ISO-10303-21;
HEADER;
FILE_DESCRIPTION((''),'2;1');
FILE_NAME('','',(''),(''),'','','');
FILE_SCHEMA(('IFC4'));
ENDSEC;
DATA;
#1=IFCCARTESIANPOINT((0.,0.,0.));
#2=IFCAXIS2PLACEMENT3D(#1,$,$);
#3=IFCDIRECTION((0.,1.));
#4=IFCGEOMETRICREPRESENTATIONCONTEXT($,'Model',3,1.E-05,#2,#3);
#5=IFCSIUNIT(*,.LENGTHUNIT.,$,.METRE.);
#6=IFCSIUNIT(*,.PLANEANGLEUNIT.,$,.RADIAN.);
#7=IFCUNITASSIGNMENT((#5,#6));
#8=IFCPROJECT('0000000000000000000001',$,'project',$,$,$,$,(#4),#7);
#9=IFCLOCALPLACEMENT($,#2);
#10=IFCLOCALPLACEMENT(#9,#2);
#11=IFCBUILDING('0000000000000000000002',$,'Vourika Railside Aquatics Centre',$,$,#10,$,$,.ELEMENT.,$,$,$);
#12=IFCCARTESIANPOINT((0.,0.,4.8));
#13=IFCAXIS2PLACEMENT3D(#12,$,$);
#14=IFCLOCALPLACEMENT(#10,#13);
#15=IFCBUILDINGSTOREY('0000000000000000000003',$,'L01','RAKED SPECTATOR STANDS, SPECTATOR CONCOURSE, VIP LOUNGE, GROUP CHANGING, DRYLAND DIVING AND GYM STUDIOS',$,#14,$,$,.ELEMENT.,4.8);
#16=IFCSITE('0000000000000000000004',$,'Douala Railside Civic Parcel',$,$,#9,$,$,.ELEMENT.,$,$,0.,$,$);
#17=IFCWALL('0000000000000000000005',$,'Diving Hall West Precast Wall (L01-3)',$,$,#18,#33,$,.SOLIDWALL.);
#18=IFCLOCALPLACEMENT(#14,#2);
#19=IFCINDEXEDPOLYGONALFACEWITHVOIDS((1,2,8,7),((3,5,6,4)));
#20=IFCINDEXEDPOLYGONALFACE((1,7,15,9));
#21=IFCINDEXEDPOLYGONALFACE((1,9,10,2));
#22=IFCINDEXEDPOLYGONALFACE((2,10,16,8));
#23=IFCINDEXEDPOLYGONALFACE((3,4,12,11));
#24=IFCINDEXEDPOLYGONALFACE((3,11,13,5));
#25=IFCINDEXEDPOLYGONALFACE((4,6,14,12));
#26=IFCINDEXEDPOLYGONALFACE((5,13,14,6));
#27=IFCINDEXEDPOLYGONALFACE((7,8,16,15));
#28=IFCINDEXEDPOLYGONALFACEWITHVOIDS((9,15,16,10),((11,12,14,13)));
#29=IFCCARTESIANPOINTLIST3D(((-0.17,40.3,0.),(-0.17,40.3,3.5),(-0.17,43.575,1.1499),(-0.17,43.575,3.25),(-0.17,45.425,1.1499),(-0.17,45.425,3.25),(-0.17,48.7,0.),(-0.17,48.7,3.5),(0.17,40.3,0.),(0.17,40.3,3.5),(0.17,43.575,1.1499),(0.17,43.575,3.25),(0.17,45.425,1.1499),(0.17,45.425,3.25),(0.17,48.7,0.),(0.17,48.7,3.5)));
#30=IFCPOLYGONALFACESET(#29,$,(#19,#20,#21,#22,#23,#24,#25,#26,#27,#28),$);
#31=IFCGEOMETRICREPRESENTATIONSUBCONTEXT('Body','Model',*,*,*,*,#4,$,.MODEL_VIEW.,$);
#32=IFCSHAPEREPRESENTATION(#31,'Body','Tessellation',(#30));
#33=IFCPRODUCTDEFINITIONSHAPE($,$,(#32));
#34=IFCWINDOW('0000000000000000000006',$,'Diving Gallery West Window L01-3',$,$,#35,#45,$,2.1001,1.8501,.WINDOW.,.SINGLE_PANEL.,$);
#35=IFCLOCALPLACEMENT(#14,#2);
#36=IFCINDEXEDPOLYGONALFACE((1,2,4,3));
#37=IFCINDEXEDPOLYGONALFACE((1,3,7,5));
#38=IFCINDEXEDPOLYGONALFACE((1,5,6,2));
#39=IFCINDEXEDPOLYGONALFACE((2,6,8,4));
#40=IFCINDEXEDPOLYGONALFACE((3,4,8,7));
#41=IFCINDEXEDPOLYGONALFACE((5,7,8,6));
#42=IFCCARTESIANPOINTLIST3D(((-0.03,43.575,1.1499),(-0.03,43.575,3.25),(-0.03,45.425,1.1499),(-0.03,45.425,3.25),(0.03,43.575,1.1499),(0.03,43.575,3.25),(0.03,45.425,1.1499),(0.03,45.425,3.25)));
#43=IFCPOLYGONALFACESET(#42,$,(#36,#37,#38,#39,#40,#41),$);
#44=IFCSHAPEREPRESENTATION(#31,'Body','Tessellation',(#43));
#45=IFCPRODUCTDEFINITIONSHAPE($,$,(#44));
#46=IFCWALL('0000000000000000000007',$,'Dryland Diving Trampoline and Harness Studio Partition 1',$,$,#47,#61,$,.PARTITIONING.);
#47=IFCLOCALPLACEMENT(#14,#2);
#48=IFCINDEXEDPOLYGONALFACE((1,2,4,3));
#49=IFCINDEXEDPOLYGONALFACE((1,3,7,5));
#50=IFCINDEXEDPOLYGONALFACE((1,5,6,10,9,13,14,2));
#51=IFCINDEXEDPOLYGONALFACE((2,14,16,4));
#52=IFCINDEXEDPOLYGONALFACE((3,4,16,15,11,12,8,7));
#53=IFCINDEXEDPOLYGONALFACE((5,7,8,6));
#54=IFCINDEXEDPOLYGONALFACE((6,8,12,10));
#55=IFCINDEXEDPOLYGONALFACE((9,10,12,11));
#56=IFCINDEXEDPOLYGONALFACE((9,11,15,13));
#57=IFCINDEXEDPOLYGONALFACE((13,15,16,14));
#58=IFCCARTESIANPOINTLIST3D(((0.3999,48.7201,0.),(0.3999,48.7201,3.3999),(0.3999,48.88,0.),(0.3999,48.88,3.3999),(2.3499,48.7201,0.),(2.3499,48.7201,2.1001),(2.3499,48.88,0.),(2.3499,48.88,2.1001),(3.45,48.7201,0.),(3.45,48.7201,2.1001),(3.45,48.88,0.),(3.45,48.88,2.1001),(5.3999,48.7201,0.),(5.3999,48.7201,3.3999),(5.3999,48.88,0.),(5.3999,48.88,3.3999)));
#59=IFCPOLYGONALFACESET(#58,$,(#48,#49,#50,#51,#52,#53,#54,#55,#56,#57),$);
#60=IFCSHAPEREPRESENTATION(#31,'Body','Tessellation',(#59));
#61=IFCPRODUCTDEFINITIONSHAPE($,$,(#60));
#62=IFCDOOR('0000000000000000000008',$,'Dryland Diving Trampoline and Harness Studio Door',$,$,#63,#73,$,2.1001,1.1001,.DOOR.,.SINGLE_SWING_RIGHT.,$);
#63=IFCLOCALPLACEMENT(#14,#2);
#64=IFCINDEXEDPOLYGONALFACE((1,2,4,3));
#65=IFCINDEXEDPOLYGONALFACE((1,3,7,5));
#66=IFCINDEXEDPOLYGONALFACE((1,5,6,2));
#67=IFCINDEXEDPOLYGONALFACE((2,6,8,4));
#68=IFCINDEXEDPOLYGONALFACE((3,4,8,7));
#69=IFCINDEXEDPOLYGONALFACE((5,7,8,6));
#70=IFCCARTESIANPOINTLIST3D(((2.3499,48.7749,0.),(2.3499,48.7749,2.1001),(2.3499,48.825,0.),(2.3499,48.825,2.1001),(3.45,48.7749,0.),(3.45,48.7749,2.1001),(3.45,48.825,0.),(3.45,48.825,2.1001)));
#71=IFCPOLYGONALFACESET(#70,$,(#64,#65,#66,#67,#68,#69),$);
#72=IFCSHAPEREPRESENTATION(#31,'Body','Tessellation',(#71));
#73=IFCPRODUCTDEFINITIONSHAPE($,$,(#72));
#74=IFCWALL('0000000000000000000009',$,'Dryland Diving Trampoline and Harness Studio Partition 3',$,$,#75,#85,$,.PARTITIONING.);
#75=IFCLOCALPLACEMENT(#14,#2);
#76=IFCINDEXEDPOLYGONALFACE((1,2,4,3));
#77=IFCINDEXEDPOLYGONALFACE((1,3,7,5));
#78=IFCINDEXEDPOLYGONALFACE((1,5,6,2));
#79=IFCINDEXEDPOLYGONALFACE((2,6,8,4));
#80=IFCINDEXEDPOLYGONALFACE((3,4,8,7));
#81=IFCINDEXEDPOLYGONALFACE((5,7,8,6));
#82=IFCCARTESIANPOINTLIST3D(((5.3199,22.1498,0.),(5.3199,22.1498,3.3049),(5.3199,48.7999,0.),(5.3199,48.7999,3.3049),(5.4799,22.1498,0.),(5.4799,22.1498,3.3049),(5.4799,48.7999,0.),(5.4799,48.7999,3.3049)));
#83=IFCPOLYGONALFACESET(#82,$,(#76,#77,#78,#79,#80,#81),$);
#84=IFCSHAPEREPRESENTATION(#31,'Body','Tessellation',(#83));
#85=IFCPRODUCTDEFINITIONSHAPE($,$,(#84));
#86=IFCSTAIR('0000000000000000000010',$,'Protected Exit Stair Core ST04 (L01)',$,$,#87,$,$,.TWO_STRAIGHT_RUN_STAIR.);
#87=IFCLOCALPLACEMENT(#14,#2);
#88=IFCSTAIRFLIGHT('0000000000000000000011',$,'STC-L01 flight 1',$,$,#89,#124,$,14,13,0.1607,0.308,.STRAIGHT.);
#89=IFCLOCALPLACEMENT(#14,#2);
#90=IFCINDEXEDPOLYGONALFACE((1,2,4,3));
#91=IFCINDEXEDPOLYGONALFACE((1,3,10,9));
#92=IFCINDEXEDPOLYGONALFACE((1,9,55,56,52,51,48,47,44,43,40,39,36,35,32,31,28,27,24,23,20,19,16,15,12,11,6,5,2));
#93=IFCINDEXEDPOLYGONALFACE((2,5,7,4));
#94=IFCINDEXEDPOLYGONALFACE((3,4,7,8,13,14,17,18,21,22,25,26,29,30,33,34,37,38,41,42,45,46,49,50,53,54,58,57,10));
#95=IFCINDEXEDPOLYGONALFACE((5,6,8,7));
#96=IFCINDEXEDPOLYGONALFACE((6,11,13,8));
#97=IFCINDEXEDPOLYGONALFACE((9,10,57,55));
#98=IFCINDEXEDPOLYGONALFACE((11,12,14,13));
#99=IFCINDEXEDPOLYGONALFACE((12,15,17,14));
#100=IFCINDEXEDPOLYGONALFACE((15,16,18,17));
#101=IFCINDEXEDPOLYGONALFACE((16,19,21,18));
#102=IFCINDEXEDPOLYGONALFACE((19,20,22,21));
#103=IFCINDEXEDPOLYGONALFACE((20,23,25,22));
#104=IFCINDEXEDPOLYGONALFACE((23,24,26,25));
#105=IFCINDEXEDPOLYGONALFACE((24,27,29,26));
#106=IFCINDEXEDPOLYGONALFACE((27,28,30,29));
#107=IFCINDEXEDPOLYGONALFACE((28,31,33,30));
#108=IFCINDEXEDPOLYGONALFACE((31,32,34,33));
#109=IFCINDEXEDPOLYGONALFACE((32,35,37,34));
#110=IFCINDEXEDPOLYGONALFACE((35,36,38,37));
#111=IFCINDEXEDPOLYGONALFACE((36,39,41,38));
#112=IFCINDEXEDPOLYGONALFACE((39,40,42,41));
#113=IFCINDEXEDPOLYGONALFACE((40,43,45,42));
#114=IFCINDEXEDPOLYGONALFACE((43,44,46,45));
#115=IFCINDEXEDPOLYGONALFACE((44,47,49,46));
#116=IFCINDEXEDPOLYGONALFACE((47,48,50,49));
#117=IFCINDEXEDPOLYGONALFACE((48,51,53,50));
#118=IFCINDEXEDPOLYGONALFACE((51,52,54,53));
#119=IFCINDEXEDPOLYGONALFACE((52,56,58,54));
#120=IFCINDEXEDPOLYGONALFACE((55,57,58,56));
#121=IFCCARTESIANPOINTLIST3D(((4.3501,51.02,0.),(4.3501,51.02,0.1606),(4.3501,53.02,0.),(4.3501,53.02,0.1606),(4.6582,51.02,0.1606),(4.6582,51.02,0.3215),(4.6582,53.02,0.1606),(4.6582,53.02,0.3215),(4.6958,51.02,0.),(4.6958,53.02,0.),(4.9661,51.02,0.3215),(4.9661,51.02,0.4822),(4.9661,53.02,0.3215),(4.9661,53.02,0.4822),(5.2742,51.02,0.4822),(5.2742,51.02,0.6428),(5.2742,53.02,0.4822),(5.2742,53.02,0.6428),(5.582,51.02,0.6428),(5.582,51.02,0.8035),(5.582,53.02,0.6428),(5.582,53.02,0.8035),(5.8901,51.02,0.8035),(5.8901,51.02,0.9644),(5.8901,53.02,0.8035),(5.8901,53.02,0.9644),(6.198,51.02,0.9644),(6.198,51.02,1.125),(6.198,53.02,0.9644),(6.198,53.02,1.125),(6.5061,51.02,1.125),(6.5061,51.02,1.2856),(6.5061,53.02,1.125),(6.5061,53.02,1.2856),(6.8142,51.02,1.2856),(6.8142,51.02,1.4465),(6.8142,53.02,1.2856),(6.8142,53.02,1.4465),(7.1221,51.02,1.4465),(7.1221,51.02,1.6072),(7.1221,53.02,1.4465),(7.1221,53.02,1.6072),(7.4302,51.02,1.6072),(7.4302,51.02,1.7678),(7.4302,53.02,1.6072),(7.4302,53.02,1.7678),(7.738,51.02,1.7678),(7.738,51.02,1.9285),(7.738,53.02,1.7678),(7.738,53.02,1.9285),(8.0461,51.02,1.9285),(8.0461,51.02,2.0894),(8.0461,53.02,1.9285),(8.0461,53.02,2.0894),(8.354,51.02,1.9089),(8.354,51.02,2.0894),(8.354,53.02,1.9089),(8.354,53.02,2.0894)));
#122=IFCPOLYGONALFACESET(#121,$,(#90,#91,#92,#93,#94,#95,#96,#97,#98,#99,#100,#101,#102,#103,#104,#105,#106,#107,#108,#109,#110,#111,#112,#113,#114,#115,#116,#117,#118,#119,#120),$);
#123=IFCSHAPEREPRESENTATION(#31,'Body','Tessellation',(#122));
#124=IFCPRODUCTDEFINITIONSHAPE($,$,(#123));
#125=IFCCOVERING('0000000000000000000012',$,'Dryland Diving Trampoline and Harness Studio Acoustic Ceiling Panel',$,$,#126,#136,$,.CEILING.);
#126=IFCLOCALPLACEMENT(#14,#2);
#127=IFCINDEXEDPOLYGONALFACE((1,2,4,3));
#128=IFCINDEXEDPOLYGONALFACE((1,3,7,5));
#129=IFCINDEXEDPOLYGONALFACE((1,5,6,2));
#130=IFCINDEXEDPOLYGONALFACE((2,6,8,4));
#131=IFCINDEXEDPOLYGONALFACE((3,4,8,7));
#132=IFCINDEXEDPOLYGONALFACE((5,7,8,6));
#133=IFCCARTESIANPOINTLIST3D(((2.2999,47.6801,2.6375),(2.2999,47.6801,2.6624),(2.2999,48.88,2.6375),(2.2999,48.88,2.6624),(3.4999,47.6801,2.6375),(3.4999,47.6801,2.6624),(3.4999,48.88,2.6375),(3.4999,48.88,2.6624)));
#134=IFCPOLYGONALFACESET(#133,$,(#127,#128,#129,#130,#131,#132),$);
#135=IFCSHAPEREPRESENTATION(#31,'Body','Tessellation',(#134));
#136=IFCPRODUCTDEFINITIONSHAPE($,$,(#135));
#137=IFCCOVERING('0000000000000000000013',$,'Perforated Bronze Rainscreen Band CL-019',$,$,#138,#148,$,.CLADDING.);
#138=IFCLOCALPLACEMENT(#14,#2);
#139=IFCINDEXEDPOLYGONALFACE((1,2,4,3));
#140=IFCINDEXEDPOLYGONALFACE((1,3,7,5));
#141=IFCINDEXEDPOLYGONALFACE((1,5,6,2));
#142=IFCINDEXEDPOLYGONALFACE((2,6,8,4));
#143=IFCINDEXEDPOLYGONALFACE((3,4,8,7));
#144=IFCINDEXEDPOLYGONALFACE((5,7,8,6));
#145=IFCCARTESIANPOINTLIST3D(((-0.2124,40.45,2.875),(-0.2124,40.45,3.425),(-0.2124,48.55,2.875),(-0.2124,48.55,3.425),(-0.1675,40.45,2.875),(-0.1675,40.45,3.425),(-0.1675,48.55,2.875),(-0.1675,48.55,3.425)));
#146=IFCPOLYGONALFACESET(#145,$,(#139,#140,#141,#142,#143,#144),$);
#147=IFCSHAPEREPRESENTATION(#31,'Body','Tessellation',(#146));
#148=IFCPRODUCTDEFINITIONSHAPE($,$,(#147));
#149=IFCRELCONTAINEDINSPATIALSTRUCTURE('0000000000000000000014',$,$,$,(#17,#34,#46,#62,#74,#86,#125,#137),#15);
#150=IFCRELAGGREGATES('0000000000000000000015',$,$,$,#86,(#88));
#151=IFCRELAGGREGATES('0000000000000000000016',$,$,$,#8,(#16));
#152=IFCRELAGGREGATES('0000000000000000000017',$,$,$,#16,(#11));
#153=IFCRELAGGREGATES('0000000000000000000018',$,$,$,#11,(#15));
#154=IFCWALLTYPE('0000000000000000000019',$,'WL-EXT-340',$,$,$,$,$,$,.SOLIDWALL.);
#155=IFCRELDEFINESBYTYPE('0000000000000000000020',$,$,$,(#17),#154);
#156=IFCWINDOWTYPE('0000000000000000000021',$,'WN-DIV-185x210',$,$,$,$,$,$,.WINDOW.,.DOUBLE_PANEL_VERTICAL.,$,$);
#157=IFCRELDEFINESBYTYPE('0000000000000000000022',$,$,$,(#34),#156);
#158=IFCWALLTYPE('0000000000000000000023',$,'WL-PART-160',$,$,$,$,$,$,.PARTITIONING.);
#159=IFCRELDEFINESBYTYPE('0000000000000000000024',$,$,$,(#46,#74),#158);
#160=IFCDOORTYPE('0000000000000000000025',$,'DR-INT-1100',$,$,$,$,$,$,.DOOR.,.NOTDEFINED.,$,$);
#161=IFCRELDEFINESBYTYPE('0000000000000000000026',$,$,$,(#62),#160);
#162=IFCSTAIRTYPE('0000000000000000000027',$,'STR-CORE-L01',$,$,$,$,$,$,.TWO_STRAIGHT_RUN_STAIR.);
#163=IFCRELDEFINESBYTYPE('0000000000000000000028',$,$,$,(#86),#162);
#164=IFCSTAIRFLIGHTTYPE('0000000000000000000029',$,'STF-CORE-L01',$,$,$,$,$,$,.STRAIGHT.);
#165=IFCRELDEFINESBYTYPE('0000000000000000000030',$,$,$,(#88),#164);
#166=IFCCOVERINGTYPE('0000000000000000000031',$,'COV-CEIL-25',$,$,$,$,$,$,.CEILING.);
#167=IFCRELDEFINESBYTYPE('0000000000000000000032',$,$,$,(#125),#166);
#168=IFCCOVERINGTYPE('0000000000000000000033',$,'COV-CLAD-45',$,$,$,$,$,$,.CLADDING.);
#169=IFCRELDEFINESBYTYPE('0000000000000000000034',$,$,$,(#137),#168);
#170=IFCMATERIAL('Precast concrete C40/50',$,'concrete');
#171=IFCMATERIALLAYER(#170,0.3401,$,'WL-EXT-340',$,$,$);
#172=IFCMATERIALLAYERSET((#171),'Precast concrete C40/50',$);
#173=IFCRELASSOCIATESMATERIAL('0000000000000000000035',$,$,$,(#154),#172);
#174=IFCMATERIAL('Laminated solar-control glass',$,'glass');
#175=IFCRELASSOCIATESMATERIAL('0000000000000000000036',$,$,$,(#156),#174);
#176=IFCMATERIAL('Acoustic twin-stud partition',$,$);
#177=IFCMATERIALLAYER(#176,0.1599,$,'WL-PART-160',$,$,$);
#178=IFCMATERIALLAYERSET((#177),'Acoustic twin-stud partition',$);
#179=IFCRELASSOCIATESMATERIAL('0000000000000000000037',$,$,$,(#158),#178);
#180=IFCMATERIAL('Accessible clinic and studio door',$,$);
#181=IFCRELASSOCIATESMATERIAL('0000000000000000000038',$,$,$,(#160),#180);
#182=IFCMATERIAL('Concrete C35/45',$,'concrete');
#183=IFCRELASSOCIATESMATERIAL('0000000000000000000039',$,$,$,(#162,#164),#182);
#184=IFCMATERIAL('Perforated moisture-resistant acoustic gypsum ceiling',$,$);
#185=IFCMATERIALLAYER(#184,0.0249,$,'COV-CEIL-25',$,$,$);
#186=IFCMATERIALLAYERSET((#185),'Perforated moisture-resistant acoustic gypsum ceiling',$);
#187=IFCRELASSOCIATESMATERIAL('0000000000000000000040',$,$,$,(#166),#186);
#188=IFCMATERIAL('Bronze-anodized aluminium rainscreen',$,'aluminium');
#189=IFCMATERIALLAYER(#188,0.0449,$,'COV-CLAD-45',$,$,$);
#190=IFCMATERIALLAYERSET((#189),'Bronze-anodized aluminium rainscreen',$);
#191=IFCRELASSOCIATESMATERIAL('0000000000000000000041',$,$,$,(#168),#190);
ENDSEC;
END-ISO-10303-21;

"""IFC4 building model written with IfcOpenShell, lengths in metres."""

from ifc_helpers import new_model, si_unit, direction, frame, frame_2d, origin, origin_2d, place, context, subcontext, project, spatial, polyline, rectangle, outline, extrude, material, layer, layer_set, type_object, element, fill, aggregate, save


model = new_model("IFC4")

# Units and contexts
model_context = context("Model", 3, precision=1e-05, world=origin(), true_north=direction((0.0, 1.0)))
body_context = subcontext(model_context, "Body", "Model", "MODEL_VIEW")
ifc_project = project(units=[si_unit("LENGTHUNIT", "METRE"), si_unit("PLANEANGLEUNIT", "RADIAN")], contexts=[model_context])

# Site, building, storey
site_placement = place(None, origin())
site = spatial("IfcSite", under=ifc_project, at=site_placement, Name="Douala Railside Civic Parcel", CompositionType="ELEMENT", RefElevation=0.0)
building_placement = place(site_placement, origin())
building = spatial("IfcBuilding", under=site, at=building_placement, Name="Vourika Railside Aquatics Centre", CompositionType="ELEMENT")
storey_placement = place(building_placement, frame((0.0, 0.0, 4.8)))
storey = spatial("IfcBuildingStorey", under=building, at=storey_placement, Name="L01", Description="RAKED SPECTATOR STANDS, SPECTATOR CONCOURSE, VIP LOUNGE, GROUP CHANGING, DRYLAND DIVING AND GYM STUDIOS", CompositionType="ELEMENT", Elevation=4.8)

# Shared definitions
ifc_material_1 = material(Name="Concrete C35/45", Category="concrete")

# Wall, opening, window
ifc_material_2 = material(Name="Precast concrete C40/50", Category="concrete")
ifc_layer_1 = layer(ifc_material_2, 0.3401, Name="WL-EXT-340")
ifc_layer_set_1 = layer_set([ifc_layer_1], Name="Precast concrete C40/50")
wall_type_1 = type_object("IfcWallType", Name="WL-EXT-340", PredefinedType="SOLIDWALL", material=ifc_layer_set_1)
wall_1_placement = place(storey_placement, frame((0.0, 48.7, 0.0), z_axis=(0.0, 0.0, 1.0), x_axis=(0.0, -1.0, 0.0)))
wall_1 = element("IfcWall", 1, at=wall_1_placement, inside=storey, type_object=wall_type_1, Name="Diving Hall West Precast Wall (L01-3)", PredefinedType="SOLIDWALL", context=body_context, shape_type="SweptSolid", body=[
    extrude(rectangle(XDim=8.3999, YDim=0.3401, at=frame_2d((4.2, 0.0))), origin(), (0.0, 0.0, 1.0), 3.5),
])
opening_1_placement = place(wall_1_placement, frame((3.2749, 0.0, 1.1499)))
opening_1 = element("IfcOpeningElement", 2, at=opening_1_placement, cuts=wall_1, PredefinedType="OPENING", context=body_context, shape_type="SweptSolid", body=[
    extrude(rectangle(XDim=1.8501, YDim=2.1001, at=frame_2d((0.925, 1.05))), frame((0.0, 0.1802, 0.0), z_axis=(0.0, -1.0, 0.0), x_axis=(1.0, 0.0, 0.0)), (0.0, 0.0, 1.0), 0.3601),
])
ifc_material_3 = material(Name="Laminated solar-control glass", Category="glass")
window_type = type_object("IfcWindowType", Name="WN-DIV-185x210", PartitioningType="DOUBLE_PANEL_VERTICAL", PredefinedType="WINDOW", material=ifc_material_3)
window_placement = place(opening_1_placement, origin())
window = element("IfcWindow", 3, at=window_placement, inside=storey, type_object=window_type, Name="Diving Gallery West Window L01-3", OverallHeight=2.1001, OverallWidth=1.8501, PartitioningType="SINGLE_PANEL", PredefinedType="WINDOW", context=body_context, shape_type="SweptSolid", body=[
    extrude(rectangle(XDim=1.8501, YDim=2.1001, at=frame_2d((0.925, 1.05))), frame((0.0, 0.03, 0.0), z_axis=(0.0, -1.0, 0.0), x_axis=(1.0, 0.0, 0.0)), (0.0, 0.0, 1.0), 0.0601),
])
fill(opening_1, window)

# Wall, opening, door
ifc_material_4 = material(Name="Acoustic twin-stud partition")
ifc_layer_2 = layer(ifc_material_4, 0.1599, Name="WL-PART-160")
ifc_layer_set_2 = layer_set([ifc_layer_2], Name="Acoustic twin-stud partition")
wall_type_2 = type_object("IfcWallType", Name="WL-PART-160", PredefinedType="PARTITIONING", material=ifc_layer_set_2)
wall_2_placement = place(storey_placement, frame((0.3999, 48.8, 0.0), z_axis=(0.0, 0.0, 1.0), x_axis=(1.0, 0.0, 0.0)))
wall_2 = element("IfcWall", 4, at=wall_2_placement, inside=storey, type_object=wall_type_2, Name="Dryland Diving Trampoline and Harness Studio Partition 1", PredefinedType="PARTITIONING", context=body_context, shape_type="SweptSolid", body=[
    extrude(rectangle(XDim=5.0, YDim=0.1599, at=frame_2d((2.5, 0.0))), origin(), (0.0, 0.0, 1.0), 3.3999),
])
opening_2_placement = place(wall_2_placement, frame((1.95, 0.0, 0.0)))
opening_2 = element("IfcOpeningElement", 5, at=opening_2_placement, cuts=wall_2, PredefinedType="OPENING", context=body_context, shape_type="SweptSolid", body=[
    extrude(rectangle(XDim=1.1001, YDim=2.1001, at=frame_2d((0.55, 1.05))), frame((0.0, 0.0898, 0.0), z_axis=(0.0, -1.0, 0.0), x_axis=(1.0, 0.0, 0.0)), (0.0, 0.0, 1.0), 0.1799),
])
ifc_material_5 = material(Name="Accessible clinic and studio door")
door_type_1 = type_object("IfcDoorType", Name="DR-INT-1100", OperationType="NOTDEFINED", PredefinedType="DOOR", material=ifc_material_5)
door_1_placement = place(opening_2_placement, origin())
door_1 = element("IfcDoor", 6, at=door_1_placement, inside=storey, type_object=door_type_1, Name="Dryland Diving Trampoline and Harness Studio Door", OperationType="SINGLE_SWING_RIGHT", OverallHeight=2.1001, OverallWidth=1.1001, PredefinedType="DOOR", context=body_context, shape_type="SweptSolid", body=[
    extrude(rectangle(XDim=1.1001, YDim=2.1001, at=frame_2d((0.55, 1.05))), frame((0.0, 0.0249, 0.0), z_axis=(0.0, -1.0, 0.0), x_axis=(1.0, 0.0, 0.0)), (0.0, 0.0, 1.0), 0.05),
])
fill(opening_2, door_1)

# Wall
wall_3_placement = place(storey_placement, frame((5.3999, 48.8, 0.0), z_axis=(0.0, 0.0, 1.0), x_axis=(0.0, -1.0, 0.0)))
element("IfcWall", 7, at=wall_3_placement, inside=storey, type_object=wall_type_2, Name="Dryland Diving Trampoline and Harness Studio Partition 3", PredefinedType="PARTITIONING", context=body_context, shape_type="SweptSolid", body=[
    extrude(rectangle(XDim=26.6501, YDim=0.1599, at=frame_2d((13.3252, 0.0))), origin(), (0.0, 0.0, 1.0), 3.3049),
])

# Stair, stair flight
stair_type = type_object("IfcStairType", Name="STR-CORE-L01", PredefinedType="TWO_STRAIGHT_RUN_STAIR", material=ifc_material_1)
stair_placement = place(storey_placement, origin())
stair = element("IfcStair", 8, at=stair_placement, inside=storey, type_object=stair_type, Name="Protected Exit Stair Core ST04 (L01)", PredefinedType="TWO_STRAIGHT_RUN_STAIR")
stair_flight_type = type_object("IfcStairFlightType", Name="STF-CORE-L01", PredefinedType="STRAIGHT", material=ifc_material_1)
stair_flight_placement = place(storey_placement, frame((4.3501, 52.02, 0.0), z_axis=(0.0, 0.0, 1.0), x_axis=(1.0, 0.0, 0.0)))
stair_flight = element("IfcStairFlight", 9, at=stair_flight_placement, type_object=stair_flight_type, Name="STC-L01 flight 1", NumberOfRisers=14, NumberOfTreads=13, PredefinedType="STRAIGHT", RiserHeight=0.1607, TreadLength=0.308, context=body_context, shape_type="SweptSolid", body=[
    extrude(outline(polyline([(0.0, 0.0), (0.0, 0.1606), (0.3081, 0.1606), (0.3081, 0.3215), (0.616, 0.3215), (0.616, 0.4822), (0.9241, 0.4822), (0.9241, 0.6428), (1.2319, 0.6428), (1.2319, 0.8035), (1.54, 0.8035), (1.54, 0.9644), (1.8479, 0.9644), (1.8479, 1.125), (2.156, 1.125), (2.156, 1.2856), (2.4641, 1.2856), (2.4641, 1.4465), (2.772, 1.4465), (2.772, 1.6072), (3.0801, 1.6072), (3.0801, 1.7678), (3.3879, 1.7678), (3.3879, 1.9285), (3.696, 1.9285), (3.696, 2.0894), (4.0039, 2.0894), (4.0039, 2.25), (4.0039, 1.9089), (0.3457, 0.0), (0.0, 0.0)])), frame((0.0, 1.0, 0.0), z_axis=(0.0, -1.0, 0.0), x_axis=(1.0, 0.0, 0.0)), (0.0, 0.0, 1.0), 2.0),
])
aggregate(stair, [stair_flight])

# Coverings
ifc_material_6 = material(Name="Perforated moisture-resistant acoustic gypsum ceiling")
ifc_layer_3 = layer(ifc_material_6, 0.0249, Name="COV-CEIL-25")
ifc_layer_set_3 = layer_set([ifc_layer_3], Name="Perforated moisture-resistant acoustic gypsum ceiling")
covering_type_1 = type_object("IfcCoveringType", Name="COV-CEIL-25", PredefinedType="CEILING", material=ifc_layer_set_3)
covering_1_placement = place(storey_placement, frame((2.8999, 48.28, 2.6375), z_axis=(0.0, 0.0, 1.0), x_axis=(1.0, 0.0, 0.0)))
element("IfcCovering", 10, at=covering_1_placement, inside=storey, type_object=covering_type_1, Name="Dryland Diving Trampoline and Harness Studio Acoustic Ceiling Panel", PredefinedType="CEILING", context=body_context, shape_type="SweptSolid", body=[
    extrude(rectangle(XDim=1.2, YDim=1.2, at=origin_2d()), origin(), (0.0, 0.0, 1.0), 0.0249),
])
ifc_material_7 = material(Name="Bronze-anodized aluminium rainscreen", Category="aluminium")
ifc_layer_4 = layer(ifc_material_7, 0.0449, Name="COV-CLAD-45")
ifc_layer_set_4 = layer_set([ifc_layer_4], Name="Bronze-anodized aluminium rainscreen")
covering_type_2 = type_object("IfcCoveringType", Name="COV-CLAD-45", PredefinedType="CLADDING", material=ifc_layer_set_4)
covering_2_placement = place(storey_placement, frame((-0.1899, 44.5, 2.875), z_axis=(0.0, 0.0, 1.0), x_axis=(0.0, -1.0, 0.0)))
element("IfcCovering", 11, at=covering_2_placement, inside=storey, type_object=covering_type_2, Name="Perforated Bronze Rainscreen Band CL-019", PredefinedType="CLADDING", context=body_context, shape_type="SweptSolid", body=[
    extrude(rectangle(XDim=8.1001, YDim=0.0449, at=origin_2d()), origin(), (0.0, 0.0, 1.0), 0.55),
])

save(model, "model.ifc")
